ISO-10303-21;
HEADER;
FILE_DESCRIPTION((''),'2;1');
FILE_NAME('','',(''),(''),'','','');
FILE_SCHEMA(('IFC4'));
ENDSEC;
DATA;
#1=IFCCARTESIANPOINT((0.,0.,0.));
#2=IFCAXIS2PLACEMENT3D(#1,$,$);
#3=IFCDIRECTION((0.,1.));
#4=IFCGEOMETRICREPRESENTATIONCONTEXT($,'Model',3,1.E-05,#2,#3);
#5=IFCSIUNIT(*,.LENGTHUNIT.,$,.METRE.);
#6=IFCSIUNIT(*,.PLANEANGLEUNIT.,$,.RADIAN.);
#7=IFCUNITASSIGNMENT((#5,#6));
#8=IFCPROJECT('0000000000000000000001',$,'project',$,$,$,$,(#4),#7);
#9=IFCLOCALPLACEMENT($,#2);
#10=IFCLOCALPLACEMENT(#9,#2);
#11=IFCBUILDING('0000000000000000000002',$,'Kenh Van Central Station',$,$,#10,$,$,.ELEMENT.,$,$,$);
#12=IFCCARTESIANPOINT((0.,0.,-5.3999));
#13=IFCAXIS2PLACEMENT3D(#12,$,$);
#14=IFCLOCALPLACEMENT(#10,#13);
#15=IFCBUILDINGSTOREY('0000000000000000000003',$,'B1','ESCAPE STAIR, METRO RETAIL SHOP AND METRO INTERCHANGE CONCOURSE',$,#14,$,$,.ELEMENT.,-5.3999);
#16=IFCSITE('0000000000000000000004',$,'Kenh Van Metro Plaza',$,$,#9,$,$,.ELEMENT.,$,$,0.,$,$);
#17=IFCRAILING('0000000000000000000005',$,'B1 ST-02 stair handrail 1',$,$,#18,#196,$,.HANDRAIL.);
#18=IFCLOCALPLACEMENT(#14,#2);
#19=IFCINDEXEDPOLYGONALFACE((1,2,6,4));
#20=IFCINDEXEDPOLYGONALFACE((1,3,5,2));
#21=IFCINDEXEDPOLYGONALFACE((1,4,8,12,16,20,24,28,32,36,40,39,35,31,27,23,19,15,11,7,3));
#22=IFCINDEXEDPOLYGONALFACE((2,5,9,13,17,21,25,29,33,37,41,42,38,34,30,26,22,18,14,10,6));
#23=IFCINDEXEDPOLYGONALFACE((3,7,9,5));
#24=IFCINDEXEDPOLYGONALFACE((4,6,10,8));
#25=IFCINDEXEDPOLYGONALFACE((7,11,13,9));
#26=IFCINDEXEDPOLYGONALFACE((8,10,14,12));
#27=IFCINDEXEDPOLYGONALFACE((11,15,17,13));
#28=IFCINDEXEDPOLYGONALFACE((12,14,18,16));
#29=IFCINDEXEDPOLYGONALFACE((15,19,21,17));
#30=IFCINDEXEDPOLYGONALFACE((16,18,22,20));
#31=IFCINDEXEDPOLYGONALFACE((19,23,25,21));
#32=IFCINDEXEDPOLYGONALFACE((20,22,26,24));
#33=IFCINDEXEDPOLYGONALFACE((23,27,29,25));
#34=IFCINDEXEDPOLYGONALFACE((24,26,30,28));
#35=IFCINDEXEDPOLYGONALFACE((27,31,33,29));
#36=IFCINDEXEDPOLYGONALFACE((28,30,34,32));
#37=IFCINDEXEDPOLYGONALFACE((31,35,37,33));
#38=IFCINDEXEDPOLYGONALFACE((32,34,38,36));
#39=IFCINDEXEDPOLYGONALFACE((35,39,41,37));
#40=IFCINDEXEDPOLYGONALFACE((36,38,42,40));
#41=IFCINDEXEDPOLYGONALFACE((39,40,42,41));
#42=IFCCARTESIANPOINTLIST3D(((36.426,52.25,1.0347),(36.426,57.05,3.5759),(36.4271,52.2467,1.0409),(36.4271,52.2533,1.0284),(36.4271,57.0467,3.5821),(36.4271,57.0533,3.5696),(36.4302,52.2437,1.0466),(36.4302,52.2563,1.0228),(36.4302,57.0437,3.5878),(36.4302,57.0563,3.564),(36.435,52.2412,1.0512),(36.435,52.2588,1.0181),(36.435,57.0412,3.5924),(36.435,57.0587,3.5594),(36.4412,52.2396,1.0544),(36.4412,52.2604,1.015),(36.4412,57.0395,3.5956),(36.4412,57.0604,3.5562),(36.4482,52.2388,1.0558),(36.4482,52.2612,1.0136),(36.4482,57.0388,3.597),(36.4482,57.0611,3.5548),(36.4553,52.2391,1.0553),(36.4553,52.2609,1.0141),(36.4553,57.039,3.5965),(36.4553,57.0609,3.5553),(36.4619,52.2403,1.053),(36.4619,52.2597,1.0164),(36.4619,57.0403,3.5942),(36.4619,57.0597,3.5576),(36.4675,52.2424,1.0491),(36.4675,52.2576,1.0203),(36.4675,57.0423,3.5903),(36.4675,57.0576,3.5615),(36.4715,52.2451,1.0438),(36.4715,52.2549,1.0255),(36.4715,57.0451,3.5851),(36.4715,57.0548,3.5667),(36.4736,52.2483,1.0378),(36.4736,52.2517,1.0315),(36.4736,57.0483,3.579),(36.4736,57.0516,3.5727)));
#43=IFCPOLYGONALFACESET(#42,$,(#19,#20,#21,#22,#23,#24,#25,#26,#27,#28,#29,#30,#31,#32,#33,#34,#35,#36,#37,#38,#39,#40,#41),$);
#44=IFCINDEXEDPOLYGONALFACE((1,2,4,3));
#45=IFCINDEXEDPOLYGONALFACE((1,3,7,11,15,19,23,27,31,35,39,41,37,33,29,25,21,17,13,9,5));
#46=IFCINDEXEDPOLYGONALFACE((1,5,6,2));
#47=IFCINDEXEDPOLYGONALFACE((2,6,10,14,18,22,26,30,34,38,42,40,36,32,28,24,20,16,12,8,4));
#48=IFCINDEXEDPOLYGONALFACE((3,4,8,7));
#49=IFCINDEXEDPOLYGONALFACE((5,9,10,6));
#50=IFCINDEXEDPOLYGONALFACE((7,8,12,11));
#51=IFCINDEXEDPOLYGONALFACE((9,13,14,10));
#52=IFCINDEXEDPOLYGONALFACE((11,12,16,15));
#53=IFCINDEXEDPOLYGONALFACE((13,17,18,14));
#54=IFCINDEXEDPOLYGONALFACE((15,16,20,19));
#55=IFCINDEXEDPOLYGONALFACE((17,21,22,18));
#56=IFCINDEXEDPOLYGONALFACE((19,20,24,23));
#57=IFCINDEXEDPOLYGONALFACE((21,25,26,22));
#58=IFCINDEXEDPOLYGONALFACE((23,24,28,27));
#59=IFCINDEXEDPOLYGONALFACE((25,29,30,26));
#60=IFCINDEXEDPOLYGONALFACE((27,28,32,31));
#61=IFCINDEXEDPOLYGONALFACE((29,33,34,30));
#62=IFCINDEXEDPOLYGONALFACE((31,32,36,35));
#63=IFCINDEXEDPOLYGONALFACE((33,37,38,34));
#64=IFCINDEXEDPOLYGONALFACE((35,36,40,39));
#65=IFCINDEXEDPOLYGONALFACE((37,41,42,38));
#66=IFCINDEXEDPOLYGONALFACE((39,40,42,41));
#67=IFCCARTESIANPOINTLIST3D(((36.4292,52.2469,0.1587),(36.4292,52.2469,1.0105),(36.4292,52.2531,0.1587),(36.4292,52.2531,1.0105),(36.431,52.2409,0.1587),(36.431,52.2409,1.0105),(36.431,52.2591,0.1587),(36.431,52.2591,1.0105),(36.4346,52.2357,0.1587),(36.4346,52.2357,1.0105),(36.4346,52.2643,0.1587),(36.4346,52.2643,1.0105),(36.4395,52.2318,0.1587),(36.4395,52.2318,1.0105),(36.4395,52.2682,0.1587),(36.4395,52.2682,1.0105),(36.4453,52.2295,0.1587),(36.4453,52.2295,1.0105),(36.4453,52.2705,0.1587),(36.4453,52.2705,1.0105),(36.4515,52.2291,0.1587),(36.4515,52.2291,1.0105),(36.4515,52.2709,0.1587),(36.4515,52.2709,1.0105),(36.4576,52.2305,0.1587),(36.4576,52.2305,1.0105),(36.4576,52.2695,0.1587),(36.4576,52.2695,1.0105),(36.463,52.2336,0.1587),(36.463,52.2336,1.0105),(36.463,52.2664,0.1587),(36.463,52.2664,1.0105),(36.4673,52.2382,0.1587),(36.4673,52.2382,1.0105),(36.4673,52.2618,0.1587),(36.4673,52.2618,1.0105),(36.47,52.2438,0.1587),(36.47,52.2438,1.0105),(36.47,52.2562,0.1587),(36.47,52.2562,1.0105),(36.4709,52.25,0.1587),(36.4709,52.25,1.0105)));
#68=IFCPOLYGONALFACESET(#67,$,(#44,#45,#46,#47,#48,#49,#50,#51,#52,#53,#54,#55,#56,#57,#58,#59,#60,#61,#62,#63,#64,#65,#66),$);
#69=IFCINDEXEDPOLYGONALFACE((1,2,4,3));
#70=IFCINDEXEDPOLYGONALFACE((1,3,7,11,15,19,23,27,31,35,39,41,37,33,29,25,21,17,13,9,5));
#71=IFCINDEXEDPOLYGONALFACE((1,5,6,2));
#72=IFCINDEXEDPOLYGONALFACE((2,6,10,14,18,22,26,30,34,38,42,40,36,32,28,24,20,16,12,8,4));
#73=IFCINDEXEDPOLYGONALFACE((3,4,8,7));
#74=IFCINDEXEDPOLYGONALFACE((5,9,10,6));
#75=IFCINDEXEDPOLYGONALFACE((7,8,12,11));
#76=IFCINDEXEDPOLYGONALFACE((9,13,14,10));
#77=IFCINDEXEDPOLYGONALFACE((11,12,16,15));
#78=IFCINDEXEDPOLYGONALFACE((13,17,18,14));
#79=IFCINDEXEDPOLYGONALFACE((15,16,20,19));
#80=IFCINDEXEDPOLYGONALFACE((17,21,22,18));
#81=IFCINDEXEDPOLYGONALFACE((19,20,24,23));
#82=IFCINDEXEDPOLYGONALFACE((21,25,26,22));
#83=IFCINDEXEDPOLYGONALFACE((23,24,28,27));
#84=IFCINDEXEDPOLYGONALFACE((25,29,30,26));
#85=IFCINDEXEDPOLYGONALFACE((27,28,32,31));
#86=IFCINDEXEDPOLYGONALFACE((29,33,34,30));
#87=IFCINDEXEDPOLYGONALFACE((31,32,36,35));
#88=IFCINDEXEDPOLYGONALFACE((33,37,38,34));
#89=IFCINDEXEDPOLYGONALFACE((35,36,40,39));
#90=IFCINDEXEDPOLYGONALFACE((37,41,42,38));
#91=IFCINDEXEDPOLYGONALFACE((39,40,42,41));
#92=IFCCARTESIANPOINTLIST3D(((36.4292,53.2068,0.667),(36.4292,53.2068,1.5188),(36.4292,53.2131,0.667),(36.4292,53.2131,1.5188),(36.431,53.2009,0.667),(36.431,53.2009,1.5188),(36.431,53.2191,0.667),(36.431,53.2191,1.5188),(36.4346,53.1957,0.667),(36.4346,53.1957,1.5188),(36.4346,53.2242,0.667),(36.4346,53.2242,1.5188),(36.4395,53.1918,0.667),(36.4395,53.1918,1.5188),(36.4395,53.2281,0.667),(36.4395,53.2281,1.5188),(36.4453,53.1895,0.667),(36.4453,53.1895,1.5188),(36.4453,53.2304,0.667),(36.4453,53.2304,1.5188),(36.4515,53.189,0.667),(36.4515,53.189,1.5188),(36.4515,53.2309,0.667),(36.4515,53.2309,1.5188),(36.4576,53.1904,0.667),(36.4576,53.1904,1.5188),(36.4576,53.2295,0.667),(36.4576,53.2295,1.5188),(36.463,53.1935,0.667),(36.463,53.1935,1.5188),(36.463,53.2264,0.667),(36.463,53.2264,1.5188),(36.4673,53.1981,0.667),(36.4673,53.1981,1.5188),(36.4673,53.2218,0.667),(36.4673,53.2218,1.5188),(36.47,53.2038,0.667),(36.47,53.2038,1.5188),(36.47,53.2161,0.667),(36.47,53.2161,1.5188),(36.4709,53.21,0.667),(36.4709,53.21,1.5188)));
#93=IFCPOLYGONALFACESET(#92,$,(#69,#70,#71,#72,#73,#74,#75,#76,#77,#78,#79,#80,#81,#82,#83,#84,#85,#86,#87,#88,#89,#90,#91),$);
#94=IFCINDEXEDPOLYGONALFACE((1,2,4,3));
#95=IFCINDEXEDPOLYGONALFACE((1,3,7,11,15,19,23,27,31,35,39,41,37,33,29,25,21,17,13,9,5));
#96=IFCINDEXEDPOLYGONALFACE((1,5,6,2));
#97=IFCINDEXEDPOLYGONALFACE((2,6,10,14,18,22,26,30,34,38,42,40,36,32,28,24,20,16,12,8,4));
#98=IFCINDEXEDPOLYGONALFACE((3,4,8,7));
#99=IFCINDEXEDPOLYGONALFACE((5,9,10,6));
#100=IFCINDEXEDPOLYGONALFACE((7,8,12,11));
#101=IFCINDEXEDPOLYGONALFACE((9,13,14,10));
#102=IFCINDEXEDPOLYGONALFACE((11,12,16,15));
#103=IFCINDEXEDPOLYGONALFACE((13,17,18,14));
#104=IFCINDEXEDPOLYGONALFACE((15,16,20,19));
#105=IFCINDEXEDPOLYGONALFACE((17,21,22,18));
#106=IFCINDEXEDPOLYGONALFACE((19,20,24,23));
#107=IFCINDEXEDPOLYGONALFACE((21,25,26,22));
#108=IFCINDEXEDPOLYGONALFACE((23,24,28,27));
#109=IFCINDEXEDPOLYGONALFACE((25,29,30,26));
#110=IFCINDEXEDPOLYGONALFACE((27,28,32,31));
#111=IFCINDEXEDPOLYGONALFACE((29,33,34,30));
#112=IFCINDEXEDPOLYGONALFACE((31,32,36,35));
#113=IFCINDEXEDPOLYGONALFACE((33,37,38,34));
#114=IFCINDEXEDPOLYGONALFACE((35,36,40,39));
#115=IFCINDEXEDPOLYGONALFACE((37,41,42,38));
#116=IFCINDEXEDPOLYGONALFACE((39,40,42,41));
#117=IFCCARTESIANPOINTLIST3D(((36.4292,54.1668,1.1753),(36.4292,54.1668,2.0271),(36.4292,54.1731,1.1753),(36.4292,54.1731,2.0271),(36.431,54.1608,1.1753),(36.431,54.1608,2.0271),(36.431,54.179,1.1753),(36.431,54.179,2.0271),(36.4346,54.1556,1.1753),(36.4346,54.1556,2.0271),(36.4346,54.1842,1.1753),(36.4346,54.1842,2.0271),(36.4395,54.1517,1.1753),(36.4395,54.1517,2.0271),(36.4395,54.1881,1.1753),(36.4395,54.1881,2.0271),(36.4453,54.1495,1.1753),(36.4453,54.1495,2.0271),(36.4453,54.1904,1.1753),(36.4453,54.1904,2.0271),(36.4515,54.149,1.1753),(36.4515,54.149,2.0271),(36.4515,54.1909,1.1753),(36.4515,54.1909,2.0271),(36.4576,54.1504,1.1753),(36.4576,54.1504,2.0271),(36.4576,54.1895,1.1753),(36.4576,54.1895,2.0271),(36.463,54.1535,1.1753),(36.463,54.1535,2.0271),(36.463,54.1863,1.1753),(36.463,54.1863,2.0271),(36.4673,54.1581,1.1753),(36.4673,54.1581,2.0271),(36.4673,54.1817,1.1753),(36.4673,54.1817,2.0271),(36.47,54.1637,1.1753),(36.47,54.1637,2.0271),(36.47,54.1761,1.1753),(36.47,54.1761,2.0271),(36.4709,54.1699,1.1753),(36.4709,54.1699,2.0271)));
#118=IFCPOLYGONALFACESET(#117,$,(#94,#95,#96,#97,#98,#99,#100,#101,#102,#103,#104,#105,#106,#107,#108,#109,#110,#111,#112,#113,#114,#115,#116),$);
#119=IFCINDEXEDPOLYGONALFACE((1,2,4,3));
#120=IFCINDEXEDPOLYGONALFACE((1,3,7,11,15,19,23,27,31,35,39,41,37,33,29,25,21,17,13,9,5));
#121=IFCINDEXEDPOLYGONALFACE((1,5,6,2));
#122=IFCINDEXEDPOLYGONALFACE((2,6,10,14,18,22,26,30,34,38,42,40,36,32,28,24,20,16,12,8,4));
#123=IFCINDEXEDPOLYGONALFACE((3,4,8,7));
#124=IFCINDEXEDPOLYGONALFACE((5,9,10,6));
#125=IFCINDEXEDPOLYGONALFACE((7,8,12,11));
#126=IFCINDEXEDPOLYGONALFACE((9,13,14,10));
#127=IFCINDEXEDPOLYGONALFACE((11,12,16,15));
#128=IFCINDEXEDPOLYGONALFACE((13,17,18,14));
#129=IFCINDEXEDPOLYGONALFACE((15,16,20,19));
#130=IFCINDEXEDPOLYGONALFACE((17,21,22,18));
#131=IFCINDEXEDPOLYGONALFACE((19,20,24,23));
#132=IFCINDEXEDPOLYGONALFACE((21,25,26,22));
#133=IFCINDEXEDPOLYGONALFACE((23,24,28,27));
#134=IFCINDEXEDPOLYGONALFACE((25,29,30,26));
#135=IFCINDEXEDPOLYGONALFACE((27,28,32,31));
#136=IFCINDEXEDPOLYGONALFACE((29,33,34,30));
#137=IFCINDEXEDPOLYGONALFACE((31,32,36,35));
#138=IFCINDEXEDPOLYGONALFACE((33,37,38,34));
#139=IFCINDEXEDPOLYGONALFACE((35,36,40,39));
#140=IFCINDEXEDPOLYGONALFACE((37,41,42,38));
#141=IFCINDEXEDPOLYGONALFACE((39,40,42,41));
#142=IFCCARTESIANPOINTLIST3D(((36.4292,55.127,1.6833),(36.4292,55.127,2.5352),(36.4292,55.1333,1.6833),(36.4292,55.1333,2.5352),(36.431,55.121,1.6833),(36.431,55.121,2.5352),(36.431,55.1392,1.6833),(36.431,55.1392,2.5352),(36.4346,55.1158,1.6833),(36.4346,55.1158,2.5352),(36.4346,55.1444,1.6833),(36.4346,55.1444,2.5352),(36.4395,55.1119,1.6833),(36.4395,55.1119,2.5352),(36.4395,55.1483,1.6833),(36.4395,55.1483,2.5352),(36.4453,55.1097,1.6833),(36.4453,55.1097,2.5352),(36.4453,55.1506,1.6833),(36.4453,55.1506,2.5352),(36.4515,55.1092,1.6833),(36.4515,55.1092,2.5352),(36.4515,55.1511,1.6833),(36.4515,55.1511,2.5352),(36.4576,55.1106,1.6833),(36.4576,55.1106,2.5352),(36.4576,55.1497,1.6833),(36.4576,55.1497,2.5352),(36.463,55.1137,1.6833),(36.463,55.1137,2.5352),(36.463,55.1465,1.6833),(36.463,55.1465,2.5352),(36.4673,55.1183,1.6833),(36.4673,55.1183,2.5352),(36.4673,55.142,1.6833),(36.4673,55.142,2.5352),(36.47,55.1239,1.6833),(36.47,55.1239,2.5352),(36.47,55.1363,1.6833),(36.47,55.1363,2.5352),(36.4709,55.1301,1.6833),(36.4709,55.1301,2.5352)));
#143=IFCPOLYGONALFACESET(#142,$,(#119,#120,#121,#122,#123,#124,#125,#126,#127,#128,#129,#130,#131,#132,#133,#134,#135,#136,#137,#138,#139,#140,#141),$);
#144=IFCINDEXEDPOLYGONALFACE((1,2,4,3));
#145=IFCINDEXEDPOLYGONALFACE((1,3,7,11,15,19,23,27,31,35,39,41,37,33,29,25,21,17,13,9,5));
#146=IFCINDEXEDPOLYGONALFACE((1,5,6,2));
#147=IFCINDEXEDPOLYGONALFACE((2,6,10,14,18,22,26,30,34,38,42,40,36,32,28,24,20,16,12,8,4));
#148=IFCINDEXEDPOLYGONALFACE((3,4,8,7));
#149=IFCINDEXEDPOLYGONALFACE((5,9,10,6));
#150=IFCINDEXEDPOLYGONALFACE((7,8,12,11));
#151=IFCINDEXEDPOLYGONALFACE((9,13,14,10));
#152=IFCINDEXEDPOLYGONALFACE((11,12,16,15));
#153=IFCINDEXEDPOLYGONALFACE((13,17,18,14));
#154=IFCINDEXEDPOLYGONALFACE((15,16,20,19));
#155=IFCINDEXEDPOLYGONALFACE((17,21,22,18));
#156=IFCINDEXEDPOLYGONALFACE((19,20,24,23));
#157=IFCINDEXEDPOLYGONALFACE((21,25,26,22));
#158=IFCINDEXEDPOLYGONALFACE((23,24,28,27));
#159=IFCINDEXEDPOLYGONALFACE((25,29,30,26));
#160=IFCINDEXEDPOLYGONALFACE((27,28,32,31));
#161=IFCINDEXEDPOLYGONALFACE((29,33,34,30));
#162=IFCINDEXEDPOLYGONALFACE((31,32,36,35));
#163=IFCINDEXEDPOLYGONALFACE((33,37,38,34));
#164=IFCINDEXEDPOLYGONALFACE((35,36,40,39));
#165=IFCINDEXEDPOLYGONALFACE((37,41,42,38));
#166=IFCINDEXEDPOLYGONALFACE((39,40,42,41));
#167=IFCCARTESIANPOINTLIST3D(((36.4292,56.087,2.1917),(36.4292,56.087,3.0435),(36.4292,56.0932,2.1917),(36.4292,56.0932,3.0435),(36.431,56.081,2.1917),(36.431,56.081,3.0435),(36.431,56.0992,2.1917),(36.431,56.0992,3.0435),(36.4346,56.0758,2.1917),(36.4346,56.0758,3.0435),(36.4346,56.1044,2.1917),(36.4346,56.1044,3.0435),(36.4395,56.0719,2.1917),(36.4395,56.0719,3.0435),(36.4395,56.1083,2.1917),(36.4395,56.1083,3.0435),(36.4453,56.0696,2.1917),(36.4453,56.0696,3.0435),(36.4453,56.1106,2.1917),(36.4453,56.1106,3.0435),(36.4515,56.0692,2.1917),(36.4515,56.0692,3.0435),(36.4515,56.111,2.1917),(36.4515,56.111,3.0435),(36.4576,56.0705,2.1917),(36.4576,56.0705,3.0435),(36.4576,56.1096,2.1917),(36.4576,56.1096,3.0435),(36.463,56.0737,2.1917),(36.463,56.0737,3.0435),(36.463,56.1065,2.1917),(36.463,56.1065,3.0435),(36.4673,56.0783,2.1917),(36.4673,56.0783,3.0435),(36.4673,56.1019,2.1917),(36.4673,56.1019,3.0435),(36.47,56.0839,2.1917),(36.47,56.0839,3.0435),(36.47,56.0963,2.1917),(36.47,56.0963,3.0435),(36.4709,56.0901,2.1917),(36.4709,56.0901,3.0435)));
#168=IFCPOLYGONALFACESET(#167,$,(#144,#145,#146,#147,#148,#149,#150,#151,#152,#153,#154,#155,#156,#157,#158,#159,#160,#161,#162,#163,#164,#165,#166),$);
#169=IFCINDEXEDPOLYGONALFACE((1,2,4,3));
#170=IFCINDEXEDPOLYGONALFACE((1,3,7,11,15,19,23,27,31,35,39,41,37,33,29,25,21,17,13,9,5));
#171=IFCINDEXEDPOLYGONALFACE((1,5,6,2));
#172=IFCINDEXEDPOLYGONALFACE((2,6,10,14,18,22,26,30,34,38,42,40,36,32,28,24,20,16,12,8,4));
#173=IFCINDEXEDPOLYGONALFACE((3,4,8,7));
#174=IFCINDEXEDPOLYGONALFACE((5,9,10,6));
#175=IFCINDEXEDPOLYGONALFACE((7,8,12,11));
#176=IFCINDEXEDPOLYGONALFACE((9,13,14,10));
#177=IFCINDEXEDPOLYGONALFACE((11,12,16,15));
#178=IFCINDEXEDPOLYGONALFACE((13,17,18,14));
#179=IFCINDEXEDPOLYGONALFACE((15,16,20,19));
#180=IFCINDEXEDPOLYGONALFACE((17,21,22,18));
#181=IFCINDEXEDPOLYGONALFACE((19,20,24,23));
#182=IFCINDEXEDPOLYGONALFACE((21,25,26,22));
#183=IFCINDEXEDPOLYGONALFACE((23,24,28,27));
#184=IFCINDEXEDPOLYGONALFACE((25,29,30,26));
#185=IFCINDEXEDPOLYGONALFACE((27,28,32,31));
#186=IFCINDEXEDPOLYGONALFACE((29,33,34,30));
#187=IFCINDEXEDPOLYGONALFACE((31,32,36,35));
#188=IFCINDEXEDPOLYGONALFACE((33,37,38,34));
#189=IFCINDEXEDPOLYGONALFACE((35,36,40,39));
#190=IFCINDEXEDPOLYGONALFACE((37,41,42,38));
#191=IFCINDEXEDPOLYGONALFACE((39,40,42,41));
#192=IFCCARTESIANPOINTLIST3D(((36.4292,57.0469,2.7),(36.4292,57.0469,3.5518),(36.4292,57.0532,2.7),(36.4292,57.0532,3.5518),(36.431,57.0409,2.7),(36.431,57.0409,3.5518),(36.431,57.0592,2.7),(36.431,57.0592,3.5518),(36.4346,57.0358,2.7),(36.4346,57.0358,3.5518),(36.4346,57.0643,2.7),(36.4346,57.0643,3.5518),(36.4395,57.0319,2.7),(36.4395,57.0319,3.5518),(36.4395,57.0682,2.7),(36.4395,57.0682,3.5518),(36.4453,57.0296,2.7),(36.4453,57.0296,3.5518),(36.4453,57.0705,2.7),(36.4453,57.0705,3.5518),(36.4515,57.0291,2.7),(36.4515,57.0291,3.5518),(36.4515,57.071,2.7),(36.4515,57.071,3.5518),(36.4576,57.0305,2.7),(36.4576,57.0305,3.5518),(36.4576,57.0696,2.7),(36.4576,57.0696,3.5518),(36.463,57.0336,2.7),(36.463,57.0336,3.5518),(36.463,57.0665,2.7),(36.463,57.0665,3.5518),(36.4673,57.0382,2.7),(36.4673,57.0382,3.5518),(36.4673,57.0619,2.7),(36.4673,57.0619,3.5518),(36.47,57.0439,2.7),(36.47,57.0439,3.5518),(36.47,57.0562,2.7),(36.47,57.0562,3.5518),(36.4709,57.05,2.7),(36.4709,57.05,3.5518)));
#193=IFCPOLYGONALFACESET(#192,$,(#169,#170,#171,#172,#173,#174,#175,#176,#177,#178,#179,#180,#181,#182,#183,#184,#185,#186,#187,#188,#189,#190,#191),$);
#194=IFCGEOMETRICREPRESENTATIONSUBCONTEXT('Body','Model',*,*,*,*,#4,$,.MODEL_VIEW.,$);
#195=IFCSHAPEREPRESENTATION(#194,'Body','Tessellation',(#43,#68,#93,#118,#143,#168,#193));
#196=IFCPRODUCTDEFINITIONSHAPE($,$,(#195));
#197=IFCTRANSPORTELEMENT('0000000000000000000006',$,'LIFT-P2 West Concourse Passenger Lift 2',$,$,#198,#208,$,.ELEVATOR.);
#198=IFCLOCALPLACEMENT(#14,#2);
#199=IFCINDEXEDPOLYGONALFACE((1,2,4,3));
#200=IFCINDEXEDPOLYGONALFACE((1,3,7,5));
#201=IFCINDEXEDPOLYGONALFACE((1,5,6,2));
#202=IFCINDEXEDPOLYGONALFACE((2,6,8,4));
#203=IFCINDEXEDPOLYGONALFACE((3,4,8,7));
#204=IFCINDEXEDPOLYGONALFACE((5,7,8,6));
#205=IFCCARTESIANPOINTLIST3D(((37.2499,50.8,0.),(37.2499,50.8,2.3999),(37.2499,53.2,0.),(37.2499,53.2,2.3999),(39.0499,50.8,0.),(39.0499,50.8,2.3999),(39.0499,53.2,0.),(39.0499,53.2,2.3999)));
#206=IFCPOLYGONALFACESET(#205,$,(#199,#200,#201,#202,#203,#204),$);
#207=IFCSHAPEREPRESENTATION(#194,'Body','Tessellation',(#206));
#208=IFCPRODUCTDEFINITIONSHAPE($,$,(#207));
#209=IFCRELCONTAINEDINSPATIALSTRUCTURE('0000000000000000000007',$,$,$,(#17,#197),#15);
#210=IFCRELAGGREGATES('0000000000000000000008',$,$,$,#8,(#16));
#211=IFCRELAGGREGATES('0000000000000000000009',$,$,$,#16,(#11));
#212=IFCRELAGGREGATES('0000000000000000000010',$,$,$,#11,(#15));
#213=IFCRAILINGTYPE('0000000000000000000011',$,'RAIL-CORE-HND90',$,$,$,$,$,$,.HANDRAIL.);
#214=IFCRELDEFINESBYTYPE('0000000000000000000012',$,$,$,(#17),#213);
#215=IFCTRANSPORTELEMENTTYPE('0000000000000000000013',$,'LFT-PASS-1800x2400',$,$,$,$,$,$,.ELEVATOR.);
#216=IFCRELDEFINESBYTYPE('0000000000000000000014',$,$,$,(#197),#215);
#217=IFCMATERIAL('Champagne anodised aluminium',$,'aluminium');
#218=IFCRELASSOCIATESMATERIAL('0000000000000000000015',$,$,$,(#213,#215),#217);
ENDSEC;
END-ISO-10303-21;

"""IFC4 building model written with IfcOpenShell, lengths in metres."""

from ifc_helpers import new_model, si_unit, direction, frame, origin, origin_2d, place, context, subcontext, project, spatial, rectangle, circle, extrude, material, type_object, element, save


model = new_model("IFC4")

# Units and contexts
model_context = context("Model", 3, precision=1e-05, world=origin(), true_north=direction((0.0, 1.0)))
body_context = subcontext(model_context, "Body", "Model", "MODEL_VIEW")
ifc_project = project(units=[si_unit("LENGTHUNIT", "METRE"), si_unit("PLANEANGLEUNIT", "RADIAN")], contexts=[model_context])

# Site, building, storey
site_placement = place(None, origin())
site = spatial("IfcSite", under=ifc_project, at=site_placement, Name="Kenh Van Metro Plaza", CompositionType="ELEMENT", RefElevation=0.0)
building_placement = place(site_placement, origin())
building = spatial("IfcBuilding", under=site, at=building_placement, Name="Kenh Van Central Station", CompositionType="ELEMENT")
storey_placement = place(building_placement, frame((0.0, 0.0, -5.3999)))
storey = spatial("IfcBuildingStorey", under=building, at=storey_placement, Name="B1", Description="ESCAPE STAIR, METRO RETAIL SHOP AND METRO INTERCHANGE CONCOURSE", CompositionType="ELEMENT", Elevation=-5.3999)

# Shared definitions
ifc_material_1 = material(Name="Champagne anodised aluminium", Category="aluminium")

# Railing
railing_type_1 = type_object("IfcRailingType", Name="RAIL-CORE-HND90", PredefinedType="HANDRAIL", material=ifc_material_1)
railing_1_placement = place(storey_placement, frame((36.45, 52.25, 0.1587)))
element("IfcRailing", 1, at=railing_1_placement, inside=storey, type_object=railing_type_1, Name="B1 ST-02 stair handrail 1", PredefinedType="HANDRAIL", context=body_context, shape_type="SweptSolid", body=[
    extrude(circle(Radius=0.0239, at=origin_2d()), frame((0.0, 0.0, 0.876), z_axis=(0.0, 0.883784, 0.467896), x_axis=(-1.0, 0.0, 0.0)), (0.0, 0.0, 1.0), 5.4312),
    extrude(circle(Radius=0.021, at=origin_2d()), origin(), (0.0, 0.0, 1.0), 0.8518),
    extrude(circle(Radius=0.021, at=origin_2d()), frame((0.0, 0.96, 0.5083)), (0.0, 0.0, 1.0), 0.8518),
    extrude(circle(Radius=0.021, at=origin_2d()), frame((0.0, 1.9199, 1.0166)), (0.0, 0.0, 1.0), 0.8518),
    extrude(circle(Radius=0.021, at=origin_2d()), frame((0.0, 2.8801, 1.5247)), (0.0, 0.0, 1.0), 0.8518),
    extrude(circle(Radius=0.021, at=origin_2d()), frame((0.0, 3.8401, 2.033)), (0.0, 0.0, 1.0), 0.8518),
    extrude(circle(Radius=0.021, at=origin_2d()), frame((0.0, 4.8, 2.5413)), (0.0, 0.0, 1.0), 0.8518),
])

# Transport element
transport_element_type = type_object("IfcTransportElementType", Name="LFT-PASS-1800x2400", PredefinedType="ELEVATOR", material=ifc_material_1)
transport_element_placement = place(storey_placement, frame((38.1499, 52.0, 0.0), z_axis=(0.0, 0.0, 1.0), x_axis=(1.0, 0.0, 0.0)))
element("IfcTransportElement", 2, at=transport_element_placement, inside=storey, type_object=transport_element_type, Name="LIFT-P2 West Concourse Passenger Lift 2", PredefinedType="ELEVATOR", context=body_context, shape_type="SweptSolid", body=[
    extrude(rectangle(XDim=1.8, YDim=2.3999, at=origin_2d()), origin(), (0.0, 0.0, 1.0), 2.3999),
])

save(model, "model.ifc")
